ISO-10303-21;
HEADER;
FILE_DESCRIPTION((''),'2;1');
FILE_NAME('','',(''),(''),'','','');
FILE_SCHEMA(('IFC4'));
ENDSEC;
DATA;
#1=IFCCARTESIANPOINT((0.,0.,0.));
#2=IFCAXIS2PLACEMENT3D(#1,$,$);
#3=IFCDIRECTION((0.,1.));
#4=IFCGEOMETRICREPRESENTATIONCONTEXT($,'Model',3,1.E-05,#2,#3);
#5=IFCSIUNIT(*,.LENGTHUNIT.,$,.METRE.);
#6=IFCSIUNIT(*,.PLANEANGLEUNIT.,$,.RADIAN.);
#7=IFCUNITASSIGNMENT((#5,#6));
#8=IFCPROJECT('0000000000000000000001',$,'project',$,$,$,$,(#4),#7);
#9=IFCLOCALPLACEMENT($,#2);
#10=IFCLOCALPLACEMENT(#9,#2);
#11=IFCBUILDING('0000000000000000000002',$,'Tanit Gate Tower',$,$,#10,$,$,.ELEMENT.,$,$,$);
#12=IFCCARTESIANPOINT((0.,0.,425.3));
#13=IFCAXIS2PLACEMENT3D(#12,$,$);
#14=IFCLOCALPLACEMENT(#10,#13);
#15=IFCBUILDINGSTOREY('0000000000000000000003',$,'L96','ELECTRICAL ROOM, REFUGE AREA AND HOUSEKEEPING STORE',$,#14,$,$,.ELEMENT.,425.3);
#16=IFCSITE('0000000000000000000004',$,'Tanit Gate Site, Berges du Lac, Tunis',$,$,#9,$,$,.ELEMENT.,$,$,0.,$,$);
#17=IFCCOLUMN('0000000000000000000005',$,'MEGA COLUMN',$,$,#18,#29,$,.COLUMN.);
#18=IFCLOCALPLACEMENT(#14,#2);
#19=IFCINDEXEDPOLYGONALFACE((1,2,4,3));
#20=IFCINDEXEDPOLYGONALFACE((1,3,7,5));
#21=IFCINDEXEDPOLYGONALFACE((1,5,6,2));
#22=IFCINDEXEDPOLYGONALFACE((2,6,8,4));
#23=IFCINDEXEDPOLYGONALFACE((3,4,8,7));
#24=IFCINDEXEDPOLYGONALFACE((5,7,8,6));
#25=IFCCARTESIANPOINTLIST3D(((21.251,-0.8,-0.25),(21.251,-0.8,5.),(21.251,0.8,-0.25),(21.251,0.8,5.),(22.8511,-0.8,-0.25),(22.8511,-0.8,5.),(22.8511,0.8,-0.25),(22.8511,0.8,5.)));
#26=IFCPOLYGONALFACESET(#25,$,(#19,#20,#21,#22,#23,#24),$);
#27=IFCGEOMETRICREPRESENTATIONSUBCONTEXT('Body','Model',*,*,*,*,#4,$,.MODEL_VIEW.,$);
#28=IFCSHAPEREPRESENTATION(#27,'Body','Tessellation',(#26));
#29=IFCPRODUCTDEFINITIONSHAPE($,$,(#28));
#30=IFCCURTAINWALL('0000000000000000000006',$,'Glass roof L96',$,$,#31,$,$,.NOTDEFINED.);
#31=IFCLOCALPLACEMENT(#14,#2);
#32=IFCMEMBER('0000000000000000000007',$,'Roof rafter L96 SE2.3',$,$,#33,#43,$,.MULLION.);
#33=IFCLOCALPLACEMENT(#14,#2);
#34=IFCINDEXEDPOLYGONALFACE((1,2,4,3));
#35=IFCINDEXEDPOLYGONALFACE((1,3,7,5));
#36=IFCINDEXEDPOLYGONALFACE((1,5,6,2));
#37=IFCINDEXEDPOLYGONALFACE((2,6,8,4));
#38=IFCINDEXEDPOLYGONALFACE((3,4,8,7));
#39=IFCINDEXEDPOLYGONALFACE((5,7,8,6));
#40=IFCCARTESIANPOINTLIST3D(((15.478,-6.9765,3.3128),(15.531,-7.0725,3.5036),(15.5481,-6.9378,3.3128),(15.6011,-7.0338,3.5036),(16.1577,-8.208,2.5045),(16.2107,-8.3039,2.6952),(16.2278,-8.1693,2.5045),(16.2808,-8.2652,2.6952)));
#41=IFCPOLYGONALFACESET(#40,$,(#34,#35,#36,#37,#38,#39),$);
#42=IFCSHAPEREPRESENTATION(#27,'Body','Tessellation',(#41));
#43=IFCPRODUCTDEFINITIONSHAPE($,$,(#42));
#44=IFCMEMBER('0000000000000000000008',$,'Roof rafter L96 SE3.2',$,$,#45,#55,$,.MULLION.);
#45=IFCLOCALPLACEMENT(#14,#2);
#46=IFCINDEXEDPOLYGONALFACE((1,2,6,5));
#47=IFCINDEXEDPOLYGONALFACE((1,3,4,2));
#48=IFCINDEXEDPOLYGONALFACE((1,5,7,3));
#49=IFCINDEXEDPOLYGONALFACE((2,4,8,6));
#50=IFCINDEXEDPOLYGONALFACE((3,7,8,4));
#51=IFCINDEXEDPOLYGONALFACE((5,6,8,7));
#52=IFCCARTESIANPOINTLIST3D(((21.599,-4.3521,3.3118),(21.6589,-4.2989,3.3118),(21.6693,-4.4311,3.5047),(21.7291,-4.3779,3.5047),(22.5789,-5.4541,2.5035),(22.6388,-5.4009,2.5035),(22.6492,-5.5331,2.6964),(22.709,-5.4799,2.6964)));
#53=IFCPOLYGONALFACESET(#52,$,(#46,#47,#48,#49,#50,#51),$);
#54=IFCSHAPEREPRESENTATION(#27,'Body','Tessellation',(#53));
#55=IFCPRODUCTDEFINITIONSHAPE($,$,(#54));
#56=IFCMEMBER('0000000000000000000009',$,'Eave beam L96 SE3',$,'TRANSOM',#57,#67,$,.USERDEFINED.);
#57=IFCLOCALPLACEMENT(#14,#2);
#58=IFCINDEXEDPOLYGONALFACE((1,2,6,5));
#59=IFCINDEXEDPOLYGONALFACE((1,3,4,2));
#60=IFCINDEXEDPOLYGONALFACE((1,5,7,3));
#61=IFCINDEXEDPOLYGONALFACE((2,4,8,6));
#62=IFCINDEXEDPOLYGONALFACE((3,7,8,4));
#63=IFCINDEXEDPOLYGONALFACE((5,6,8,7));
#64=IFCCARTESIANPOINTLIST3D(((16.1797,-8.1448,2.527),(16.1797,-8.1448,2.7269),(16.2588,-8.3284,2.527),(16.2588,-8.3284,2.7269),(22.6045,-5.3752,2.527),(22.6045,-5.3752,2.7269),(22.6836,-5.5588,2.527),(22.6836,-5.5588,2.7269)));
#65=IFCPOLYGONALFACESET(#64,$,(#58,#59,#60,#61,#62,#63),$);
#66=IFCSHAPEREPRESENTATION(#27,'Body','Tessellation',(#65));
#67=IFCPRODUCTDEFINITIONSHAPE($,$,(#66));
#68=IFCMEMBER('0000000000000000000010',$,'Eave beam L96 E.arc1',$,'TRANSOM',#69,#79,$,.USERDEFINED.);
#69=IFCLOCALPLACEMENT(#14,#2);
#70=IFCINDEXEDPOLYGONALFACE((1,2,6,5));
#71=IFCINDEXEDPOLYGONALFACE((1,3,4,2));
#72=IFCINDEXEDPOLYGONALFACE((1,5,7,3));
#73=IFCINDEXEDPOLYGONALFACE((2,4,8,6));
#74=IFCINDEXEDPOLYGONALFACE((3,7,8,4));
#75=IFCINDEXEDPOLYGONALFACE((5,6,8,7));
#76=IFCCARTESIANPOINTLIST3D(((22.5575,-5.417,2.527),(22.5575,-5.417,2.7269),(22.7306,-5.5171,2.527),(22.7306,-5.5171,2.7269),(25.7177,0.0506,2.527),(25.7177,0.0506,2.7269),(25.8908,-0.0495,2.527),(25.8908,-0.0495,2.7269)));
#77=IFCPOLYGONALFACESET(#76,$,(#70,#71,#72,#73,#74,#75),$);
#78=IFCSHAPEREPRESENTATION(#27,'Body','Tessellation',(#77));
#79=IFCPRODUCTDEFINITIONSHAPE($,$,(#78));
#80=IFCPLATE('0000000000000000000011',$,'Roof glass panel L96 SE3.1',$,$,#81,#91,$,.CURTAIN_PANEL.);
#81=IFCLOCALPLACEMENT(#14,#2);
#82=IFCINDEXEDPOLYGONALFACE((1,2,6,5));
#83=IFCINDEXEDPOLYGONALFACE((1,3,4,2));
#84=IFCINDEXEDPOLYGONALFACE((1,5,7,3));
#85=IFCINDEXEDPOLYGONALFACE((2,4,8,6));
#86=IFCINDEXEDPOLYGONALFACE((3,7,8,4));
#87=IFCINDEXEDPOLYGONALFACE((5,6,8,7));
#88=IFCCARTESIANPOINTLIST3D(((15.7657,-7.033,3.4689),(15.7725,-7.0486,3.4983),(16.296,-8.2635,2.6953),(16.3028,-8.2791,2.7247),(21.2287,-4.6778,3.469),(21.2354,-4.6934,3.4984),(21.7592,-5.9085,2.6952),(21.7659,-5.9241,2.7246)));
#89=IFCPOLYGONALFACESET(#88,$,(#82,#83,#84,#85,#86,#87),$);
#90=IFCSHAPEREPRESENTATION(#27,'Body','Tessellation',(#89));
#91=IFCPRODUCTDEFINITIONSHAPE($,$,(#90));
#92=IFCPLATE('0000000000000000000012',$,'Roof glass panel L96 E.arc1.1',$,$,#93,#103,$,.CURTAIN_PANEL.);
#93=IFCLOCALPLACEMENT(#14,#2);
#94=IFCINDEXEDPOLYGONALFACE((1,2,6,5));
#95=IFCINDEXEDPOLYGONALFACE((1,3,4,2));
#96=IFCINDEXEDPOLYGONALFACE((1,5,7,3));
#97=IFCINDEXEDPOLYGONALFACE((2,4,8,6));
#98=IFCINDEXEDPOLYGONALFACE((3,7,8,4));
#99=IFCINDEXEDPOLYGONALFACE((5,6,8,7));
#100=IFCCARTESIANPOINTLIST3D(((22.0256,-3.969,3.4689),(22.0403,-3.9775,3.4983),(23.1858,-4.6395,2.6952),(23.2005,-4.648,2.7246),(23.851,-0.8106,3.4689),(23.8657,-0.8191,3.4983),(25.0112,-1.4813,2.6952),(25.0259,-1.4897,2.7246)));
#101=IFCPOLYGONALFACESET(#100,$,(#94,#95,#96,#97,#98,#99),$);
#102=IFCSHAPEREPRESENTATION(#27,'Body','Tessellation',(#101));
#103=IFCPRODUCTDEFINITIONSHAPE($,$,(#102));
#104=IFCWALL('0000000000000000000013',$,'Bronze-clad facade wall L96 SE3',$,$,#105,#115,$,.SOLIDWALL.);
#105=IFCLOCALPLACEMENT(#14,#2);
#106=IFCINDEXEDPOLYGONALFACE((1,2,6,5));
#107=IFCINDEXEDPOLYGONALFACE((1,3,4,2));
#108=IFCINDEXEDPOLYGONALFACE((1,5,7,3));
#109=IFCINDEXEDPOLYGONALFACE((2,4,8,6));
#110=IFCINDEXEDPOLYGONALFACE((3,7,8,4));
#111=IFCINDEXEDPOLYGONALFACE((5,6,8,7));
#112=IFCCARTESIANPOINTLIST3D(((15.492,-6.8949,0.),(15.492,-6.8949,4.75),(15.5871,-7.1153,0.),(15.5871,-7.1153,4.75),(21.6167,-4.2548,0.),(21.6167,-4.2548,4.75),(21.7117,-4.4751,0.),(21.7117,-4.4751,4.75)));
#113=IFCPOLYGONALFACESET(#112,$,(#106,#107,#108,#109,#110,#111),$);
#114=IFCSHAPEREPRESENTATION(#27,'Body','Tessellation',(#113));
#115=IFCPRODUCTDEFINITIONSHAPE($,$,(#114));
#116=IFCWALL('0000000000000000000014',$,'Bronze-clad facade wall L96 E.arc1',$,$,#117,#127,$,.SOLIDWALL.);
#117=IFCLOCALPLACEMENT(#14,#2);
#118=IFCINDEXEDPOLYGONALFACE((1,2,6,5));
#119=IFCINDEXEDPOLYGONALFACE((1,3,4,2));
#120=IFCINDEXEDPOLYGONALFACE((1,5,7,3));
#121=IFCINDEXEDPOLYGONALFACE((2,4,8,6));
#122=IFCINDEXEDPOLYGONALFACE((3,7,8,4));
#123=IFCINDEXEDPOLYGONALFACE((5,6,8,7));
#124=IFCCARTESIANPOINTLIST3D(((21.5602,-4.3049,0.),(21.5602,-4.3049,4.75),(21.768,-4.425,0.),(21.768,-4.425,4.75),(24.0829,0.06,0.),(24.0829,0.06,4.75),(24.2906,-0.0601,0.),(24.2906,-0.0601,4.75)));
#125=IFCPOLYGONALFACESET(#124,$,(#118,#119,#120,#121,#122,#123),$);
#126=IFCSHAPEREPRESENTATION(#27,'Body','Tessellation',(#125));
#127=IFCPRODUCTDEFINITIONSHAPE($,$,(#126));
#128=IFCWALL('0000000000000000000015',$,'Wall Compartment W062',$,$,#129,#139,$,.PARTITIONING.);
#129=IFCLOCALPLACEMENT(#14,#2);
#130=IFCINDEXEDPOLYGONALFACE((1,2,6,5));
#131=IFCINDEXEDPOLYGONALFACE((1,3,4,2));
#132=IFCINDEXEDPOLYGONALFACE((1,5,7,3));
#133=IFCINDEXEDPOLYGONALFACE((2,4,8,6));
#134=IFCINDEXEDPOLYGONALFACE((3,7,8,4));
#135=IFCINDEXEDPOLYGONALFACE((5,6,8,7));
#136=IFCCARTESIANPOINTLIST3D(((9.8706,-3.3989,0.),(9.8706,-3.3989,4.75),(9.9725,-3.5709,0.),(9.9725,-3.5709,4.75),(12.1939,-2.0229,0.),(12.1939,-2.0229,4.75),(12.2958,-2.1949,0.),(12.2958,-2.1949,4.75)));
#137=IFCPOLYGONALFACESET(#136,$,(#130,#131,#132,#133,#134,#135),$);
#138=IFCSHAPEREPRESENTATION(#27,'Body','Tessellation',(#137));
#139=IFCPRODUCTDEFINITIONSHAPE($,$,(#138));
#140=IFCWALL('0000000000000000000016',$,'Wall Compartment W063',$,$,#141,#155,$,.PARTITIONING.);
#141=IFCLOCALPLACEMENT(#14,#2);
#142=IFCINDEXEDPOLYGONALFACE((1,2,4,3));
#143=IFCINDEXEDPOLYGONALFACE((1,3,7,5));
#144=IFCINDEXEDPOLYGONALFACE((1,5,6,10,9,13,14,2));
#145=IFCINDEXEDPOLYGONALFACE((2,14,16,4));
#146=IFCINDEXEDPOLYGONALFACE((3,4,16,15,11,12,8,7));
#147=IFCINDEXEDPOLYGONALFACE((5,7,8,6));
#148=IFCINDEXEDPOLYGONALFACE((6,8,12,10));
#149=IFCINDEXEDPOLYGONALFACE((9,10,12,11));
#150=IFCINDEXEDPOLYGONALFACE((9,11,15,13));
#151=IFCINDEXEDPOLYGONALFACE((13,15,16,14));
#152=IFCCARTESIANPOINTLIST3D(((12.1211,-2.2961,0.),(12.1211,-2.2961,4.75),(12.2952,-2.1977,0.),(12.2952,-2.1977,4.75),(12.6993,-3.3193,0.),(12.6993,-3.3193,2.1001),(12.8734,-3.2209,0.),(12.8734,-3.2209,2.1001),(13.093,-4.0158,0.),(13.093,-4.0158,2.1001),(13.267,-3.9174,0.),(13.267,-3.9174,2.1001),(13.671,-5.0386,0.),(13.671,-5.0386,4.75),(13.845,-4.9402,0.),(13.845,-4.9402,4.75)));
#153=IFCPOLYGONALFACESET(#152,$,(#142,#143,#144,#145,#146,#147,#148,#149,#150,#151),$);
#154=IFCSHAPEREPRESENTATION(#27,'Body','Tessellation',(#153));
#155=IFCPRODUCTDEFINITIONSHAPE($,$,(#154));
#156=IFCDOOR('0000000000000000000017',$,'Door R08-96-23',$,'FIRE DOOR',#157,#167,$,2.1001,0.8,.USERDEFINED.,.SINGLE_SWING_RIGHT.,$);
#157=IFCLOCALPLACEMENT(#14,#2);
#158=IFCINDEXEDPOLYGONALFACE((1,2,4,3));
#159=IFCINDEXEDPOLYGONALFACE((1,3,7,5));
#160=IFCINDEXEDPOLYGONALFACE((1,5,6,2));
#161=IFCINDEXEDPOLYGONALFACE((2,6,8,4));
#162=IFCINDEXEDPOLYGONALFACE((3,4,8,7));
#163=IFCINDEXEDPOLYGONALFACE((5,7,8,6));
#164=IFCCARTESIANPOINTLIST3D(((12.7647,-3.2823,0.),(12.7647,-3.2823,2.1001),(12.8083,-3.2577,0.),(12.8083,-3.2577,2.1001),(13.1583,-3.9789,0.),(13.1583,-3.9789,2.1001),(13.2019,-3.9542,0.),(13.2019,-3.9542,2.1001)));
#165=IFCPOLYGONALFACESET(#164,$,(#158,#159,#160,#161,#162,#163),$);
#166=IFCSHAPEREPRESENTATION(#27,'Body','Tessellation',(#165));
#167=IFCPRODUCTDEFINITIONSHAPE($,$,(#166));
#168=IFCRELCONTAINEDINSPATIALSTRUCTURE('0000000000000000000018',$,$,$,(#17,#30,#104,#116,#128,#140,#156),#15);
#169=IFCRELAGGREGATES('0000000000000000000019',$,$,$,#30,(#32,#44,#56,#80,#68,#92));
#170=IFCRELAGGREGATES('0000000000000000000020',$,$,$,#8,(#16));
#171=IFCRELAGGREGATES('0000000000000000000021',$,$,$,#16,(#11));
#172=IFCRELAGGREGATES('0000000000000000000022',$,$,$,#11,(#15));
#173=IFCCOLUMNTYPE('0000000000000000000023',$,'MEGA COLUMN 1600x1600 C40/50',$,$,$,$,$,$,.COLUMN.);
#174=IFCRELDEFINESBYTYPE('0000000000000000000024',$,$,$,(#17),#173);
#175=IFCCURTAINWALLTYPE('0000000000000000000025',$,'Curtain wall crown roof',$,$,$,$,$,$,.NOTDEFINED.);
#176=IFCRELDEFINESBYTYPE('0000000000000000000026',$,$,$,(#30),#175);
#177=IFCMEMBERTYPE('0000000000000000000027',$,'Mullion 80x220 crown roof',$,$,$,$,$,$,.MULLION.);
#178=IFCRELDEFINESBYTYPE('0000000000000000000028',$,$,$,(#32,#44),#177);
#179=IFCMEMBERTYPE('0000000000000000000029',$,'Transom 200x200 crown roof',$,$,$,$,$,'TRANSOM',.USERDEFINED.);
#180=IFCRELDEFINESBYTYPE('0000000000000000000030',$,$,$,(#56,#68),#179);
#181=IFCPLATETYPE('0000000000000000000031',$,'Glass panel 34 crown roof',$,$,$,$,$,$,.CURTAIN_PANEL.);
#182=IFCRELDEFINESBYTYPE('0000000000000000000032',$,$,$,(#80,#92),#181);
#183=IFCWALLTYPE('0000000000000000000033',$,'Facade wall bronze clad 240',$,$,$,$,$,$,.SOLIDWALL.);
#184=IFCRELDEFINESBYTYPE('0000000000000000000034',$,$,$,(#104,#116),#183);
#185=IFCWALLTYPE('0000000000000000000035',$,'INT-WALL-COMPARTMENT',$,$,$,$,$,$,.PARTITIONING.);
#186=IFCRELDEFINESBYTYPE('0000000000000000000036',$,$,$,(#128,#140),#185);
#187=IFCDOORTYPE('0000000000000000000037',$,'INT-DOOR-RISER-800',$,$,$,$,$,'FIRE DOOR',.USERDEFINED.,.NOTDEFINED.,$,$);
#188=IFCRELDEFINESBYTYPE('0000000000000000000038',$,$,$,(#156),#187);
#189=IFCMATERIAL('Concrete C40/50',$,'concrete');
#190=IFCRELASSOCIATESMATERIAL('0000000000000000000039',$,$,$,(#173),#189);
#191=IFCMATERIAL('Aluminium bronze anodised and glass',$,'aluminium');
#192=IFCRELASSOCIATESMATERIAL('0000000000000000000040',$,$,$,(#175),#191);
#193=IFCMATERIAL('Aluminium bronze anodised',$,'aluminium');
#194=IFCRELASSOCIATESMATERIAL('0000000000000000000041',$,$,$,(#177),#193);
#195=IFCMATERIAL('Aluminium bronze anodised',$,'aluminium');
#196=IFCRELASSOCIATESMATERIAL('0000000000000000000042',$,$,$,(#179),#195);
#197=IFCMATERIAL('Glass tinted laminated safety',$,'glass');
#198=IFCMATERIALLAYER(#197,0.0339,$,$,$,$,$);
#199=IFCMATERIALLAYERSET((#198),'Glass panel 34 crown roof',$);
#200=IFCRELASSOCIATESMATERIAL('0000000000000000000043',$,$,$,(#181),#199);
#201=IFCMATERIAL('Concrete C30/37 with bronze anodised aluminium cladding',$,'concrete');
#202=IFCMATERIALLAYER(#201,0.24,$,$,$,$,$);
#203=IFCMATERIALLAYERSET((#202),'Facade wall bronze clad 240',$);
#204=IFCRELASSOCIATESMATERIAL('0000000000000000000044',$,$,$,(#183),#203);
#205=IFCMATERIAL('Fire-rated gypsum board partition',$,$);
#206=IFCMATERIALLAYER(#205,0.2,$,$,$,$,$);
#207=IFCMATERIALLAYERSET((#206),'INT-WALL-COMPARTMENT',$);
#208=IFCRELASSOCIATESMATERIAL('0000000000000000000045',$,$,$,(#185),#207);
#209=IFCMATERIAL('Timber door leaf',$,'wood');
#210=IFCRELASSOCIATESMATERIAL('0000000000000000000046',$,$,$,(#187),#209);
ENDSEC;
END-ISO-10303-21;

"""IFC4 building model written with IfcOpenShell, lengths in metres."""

from ifc_helpers import new_model, si_unit, direction, frame, frame_2d, origin, origin_2d, place, context, subcontext, project, spatial, polyline, rectangle, outline, extrude, material, layer, layer_set, material_profile, profile_set, type_object, element, fill, aggregate, save


model = new_model("IFC4")

# Units and contexts
model_context = context("Model", 3, precision=1e-05, world=origin(), true_north=direction((0.0, 1.0)))
body_context = subcontext(model_context, "Body", "Model", "MODEL_VIEW")
ifc_project = project(units=[si_unit("LENGTHUNIT", "METRE"), si_unit("PLANEANGLEUNIT", "RADIAN")], contexts=[model_context])

# Site, building, storey
site_placement = place(None, origin())
site = spatial("IfcSite", under=ifc_project, at=site_placement, Name="Tanit Gate Site, Berges du Lac, Tunis", CompositionType="ELEMENT", RefElevation=0.0)
building_placement = place(site_placement, origin())
building = spatial("IfcBuilding", under=site, at=building_placement, Name="Tanit Gate Tower", CompositionType="ELEMENT")
storey_placement = place(building_placement, frame((0.0, 0.0, 425.3)))
storey = spatial("IfcBuildingStorey", under=building, at=storey_placement, Name="L96", Description="ELECTRICAL ROOM, REFUGE AREA AND HOUSEKEEPING STORE", CompositionType="ELEMENT", Elevation=425.3)

# Column
ifc_material_1 = material(Name="Concrete C40/50", Category="concrete")
ifc_material_profile_1 = material_profile(ifc_material_1, rectangle(XDim=1.6001, YDim=1.6001, at=origin_2d()), Name="RC 1600x1600")
ifc_profile_set_1 = profile_set([ifc_material_profile_1], Name="Concrete C40/50")
column_type = type_object("IfcColumnType", Name="MEGA COLUMN 1600x1600 C40/50", PredefinedType="COLUMN", material=ifc_profile_set_1)
column_placement = place(storey_placement, frame((22.051, 0.0, -0.25), z_axis=(0.0, 0.0, 1.0), x_axis=(1.0, 0.0, 0.0)))
element("IfcColumn", 1, at=column_placement, inside=storey, type_object=column_type, Name="MEGA COLUMN", PredefinedType="COLUMN", context=body_context, shape_type="SweptSolid", body=[
    extrude(rectangle(XDim=1.6001, YDim=1.6001, at=origin_2d()), origin(), (0.0, 0.0, 1.0), 5.25),
])

# Curtain wall, members, plates
ifc_material_2 = material(Name="Aluminium bronze anodised and glass", Category="aluminium")
curtain_wall_type = type_object("IfcCurtainWallType", Name="Curtain wall crown roof", PredefinedType="NOTDEFINED", material=ifc_material_2)
curtain_wall_placement = place(storey_placement, origin())
curtain_wall = element("IfcCurtainWall", 2, at=curtain_wall_placement, inside=storey, type_object=curtain_wall_type, Name="Glass roof L96", PredefinedType="NOTDEFINED")
ifc_material_3 = material(Name="Aluminium bronze anodised", Category="aluminium")
ifc_material_profile_2 = material_profile(ifc_material_3, rectangle(XDim=0.0801, YDim=0.22, at=origin_2d()), Name="80x220 bronze rafter")
ifc_profile_set_2 = profile_set([ifc_material_profile_2], Name="Aluminium bronze anodised")
member_type_1 = type_object("IfcMemberType", Name="Mullion 80x220 crown roof", PredefinedType="MULLION", material=ifc_profile_set_2)
member_1_placement = place(storey_placement, frame((15.5396, -7.0051, 3.4082), z_axis=(0.418965, -0.759073, -0.498273), x_axis=(0.875497, 0.483224, 0.0)))
member_1 = element("IfcMember", 3, at=member_1_placement, type_object=member_type_1, Name="Roof rafter L96 SE2.3", PredefinedType="MULLION", context=body_context, shape_type="SweptSolid", body=[
    extrude(rectangle(XDim=0.0801, YDim=0.22, at=origin_2d()), origin(), (0.0, 0.0, 1.0), 1.6223),
])
member_2_placement = place(storey_placement, frame((21.6641, -4.365, 3.4082), z_axis=(0.582712, -0.655297, -0.480658), x_axis=(0.747281, 0.664508, 0.0)))
member_2 = element("IfcMember", 4, at=member_2_placement, type_object=member_type_1, Name="Roof rafter L96 SE3.2", PredefinedType="MULLION", context=body_context, shape_type="SweptSolid", body=[
    extrude(rectangle(XDim=0.0801, YDim=0.22, at=origin_2d()), origin(), (0.0, 0.0, 1.0), 1.6816),
])
ifc_material_4 = material(Name="Aluminium bronze anodised", Category="aluminium")
ifc_material_profile_3 = material_profile(ifc_material_4, rectangle(XDim=0.2, YDim=0.2, at=origin_2d()), Name="200x200 bronze transom")
ifc_profile_set_3 = profile_set([ifc_material_profile_3], Name="Aluminium bronze anodised")
member_type_2 = type_object("IfcMemberType", Name="Transom 200x200 crown roof", ElementType="TRANSOM", PredefinedType="USERDEFINED", material=ifc_profile_set_3)
member_3_placement = place(storey_placement, frame((16.2192, -8.2366, 2.627), z_axis=(0.918313, 0.395856, 0.0), x_axis=(-0.395856, 0.918313, 0.0)))
member_3 = element("IfcMember", 5, at=member_3_placement, type_object=member_type_2, Name="Eave beam L96 SE3", ObjectType="TRANSOM", PredefinedType="USERDEFINED", context=body_context, shape_type="SweptSolid", body=[
    extrude(rectangle(XDim=0.2, YDim=0.2, at=origin_2d()), origin(), (0.0, 0.0, 1.0), 6.9963),
])
member_4_placement = place(storey_placement, frame((22.644, -5.467, 2.627), z_axis=(0.500413, 0.865787, 0.0), x_axis=(-0.865787, 0.500413, 0.0)))
member_4 = element("IfcMember", 6, at=member_4_placement, type_object=member_type_2, Name="Eave beam L96 E.arc1", ObjectType="TRANSOM", PredefinedType="USERDEFINED", context=body_context, shape_type="SweptSolid", body=[
    extrude(rectangle(XDim=0.2, YDim=0.2, at=origin_2d()), origin(), (0.0, 0.0, 1.0), 6.3152),
])
ifc_material_5 = material(Name="Glass tinted laminated safety", Category="glass")
ifc_layer_1 = layer(ifc_material_5, 0.0339)
ifc_layer_set_1 = layer_set([ifc_layer_1], Name="Glass panel 34 crown roof")
plate_type = type_object("IfcPlateType", Name="Glass panel 34 crown roof", PredefinedType="CURTAIN_PANEL", material=ifc_layer_set_1)
plate_1_placement = place(storey_placement, frame((15.7725, -7.0486, 3.4983), z_axis=(0.197943, -0.459159, 0.866021), x_axis=(0.918294, 0.395898, 0.000012)))
plate_1 = element("IfcPlate", 7, at=plate_1_placement, type_object=plate_type, Name="Roof glass panel L96 SE3.1", PredefinedType="CURTAIN_PANEL", context=body_context, shape_type="SweptSolid", body=[
    extrude(outline(polyline([(0.0, 0.0), (5.949, 0.0), (5.9489, -1.5475), (-0.0002, -1.5472), (0.0, 0.0)])), origin(), (0.0, 0.0, -1.0), 0.0339),
])
plate_2_placement = place(storey_placement, frame((22.0403, -3.9775, 3.4983), z_axis=(0.432911, -0.250213, 0.866015), x_axis=(0.500396, 0.865797, 0.000007)))
plate_2 = element("IfcPlate", 8, at=plate_2_placement, type_object=plate_type, Name="Roof glass panel L96 E.arc1.1", PredefinedType="CURTAIN_PANEL", context=body_context, shape_type="SweptSolid", body=[
    extrude(outline(polyline([(0.0, 0.0), (3.648, 0.0), (3.6479, -1.5474), (0.0001, -1.5473), (0.0, 0.0)])), origin(), (0.0, 0.0, -1.0), 0.0339),
])
aggregate(curtain_wall, [member_1, member_2, member_3, plate_1, member_4, plate_2])

# Walls
ifc_material_6 = material(Name="Concrete C30/37 with bronze anodised aluminium cladding", Category="concrete")
ifc_layer_2 = layer(ifc_material_6, 0.24)
ifc_layer_set_2 = layer_set([ifc_layer_2], Name="Facade wall bronze clad 240")
wall_type_1 = type_object("IfcWallType", Name="Facade wall bronze clad 240", PredefinedType="SOLIDWALL", material=ifc_layer_set_2)
wall_1_placement = place(storey_placement, frame((15.5396, -7.0051, 0.0), z_axis=(0.0, 0.0, 1.0), x_axis=(0.91831, 0.395862, 0.0)))
element("IfcWall", 9, at=wall_1_placement, inside=storey, type_object=wall_type_1, Name="Bronze-clad facade wall L96 SE3", PredefinedType="SOLIDWALL", context=body_context, shape_type="SweptSolid", body=[
    extrude(rectangle(XDim=6.6694, YDim=0.24, at=frame_2d((3.3347, 0.0))), origin(), (0.0, 0.0, 1.0), 4.75),
])
wall_2_placement = place(storey_placement, frame((21.6641, -4.365, 0.0), z_axis=(0.0, 0.0, 1.0), x_axis=(0.500383, 0.865804, 0.0)))
element("IfcWall", 10, at=wall_2_placement, inside=storey, type_object=wall_type_1, Name="Bronze-clad facade wall L96 E.arc1", PredefinedType="SOLIDWALL", context=body_context, shape_type="SweptSolid", body=[
    extrude(rectangle(XDim=5.0415, YDim=0.24, at=frame_2d((2.5208, 0.0))), origin(), (0.0, 0.0, 1.0), 4.75),
])
ifc_material_7 = material(Name="Fire-rated gypsum board partition")
ifc_layer_3 = layer(ifc_material_7, 0.2)
ifc_layer_set_3 = layer_set([ifc_layer_3], Name="INT-WALL-COMPARTMENT")
wall_type_2 = type_object("IfcWallType", Name="INT-WALL-COMPARTMENT", PredefinedType="PARTITIONING", material=ifc_layer_set_3)
wall_3_placement = place(storey_placement, frame((12.2449, -2.1089, 0.0), z_axis=(0.0, 0.0, 1.0), x_axis=(-0.860415, -0.509594, 0.0)))
element("IfcWall", 11, at=wall_3_placement, inside=storey, type_object=wall_type_2, Name="Wall Compartment W062", PredefinedType="PARTITIONING", context=body_context, shape_type="SweptSolid", body=[
    extrude(rectangle(XDim=2.7002, YDim=0.2, at=frame_2d((1.3501, 0.0))), origin(), (0.0, 0.0, 1.0), 4.75),
])

# Wall, opening, door
wall_4_placement = place(storey_placement, frame((13.7581, -4.9895, 0.0), z_axis=(0.0, 0.0, 1.0), x_axis=(-0.491993, 0.870599, 0.0)))
wall_4 = element("IfcWall", 12, at=wall_4_placement, inside=storey, type_object=wall_type_2, Name="Wall Compartment W063", PredefinedType="PARTITIONING", context=body_context, shape_type="SweptSolid", body=[
    extrude(rectangle(XDim=3.1501, YDim=0.2, at=frame_2d((1.5752, 0.0))), origin(), (0.0, 0.0, 1.0), 4.75),
])
opening_1_placement = place(wall_4_placement, frame((1.175, 0.0, 0.0)))
opening_1 = element("IfcOpeningElement", 13, at=opening_1_placement, cuts=wall_4, PredefinedType="OPENING", context=body_context, shape_type="SweptSolid", body=[
    extrude(rectangle(XDim=0.8, YDim=2.1001, at=frame_2d((0.3999, 1.05))), frame((0.0, 0.1099, 0.0), z_axis=(0.0, -1.0, 0.0), x_axis=(1.0, 0.0, 0.0)), (0.0, 0.0, 1.0), 0.22),
])
ifc_material_8 = material(Name="Timber door leaf", Category="wood")
door_type_1 = type_object("IfcDoorType", Name="INT-DOOR-RISER-800", ElementType="FIRE DOOR", OperationType="NOTDEFINED", PredefinedType="USERDEFINED", material=ifc_material_8)
door_1_placement = place(opening_1_placement, origin())
door_1 = element("IfcDoor", 14, at=door_1_placement, inside=storey, type_object=door_type_1, Name="Door R08-96-23", ObjectType="FIRE DOOR", OperationType="SINGLE_SWING_RIGHT", OverallHeight=2.1001, OverallWidth=0.8, PredefinedType="USERDEFINED", context=body_context, shape_type="SweptSolid", body=[
    extrude(rectangle(XDim=0.8, YDim=2.1001, at=frame_2d((0.3999, 1.05))), frame((0.0, 0.0249, 0.0), z_axis=(0.0, -1.0, 0.0), x_axis=(1.0, 0.0, 0.0)), (0.0, 0.0, 1.0), 0.05),
])
fill(opening_1, door_1)

save(model, "model.ifc")
